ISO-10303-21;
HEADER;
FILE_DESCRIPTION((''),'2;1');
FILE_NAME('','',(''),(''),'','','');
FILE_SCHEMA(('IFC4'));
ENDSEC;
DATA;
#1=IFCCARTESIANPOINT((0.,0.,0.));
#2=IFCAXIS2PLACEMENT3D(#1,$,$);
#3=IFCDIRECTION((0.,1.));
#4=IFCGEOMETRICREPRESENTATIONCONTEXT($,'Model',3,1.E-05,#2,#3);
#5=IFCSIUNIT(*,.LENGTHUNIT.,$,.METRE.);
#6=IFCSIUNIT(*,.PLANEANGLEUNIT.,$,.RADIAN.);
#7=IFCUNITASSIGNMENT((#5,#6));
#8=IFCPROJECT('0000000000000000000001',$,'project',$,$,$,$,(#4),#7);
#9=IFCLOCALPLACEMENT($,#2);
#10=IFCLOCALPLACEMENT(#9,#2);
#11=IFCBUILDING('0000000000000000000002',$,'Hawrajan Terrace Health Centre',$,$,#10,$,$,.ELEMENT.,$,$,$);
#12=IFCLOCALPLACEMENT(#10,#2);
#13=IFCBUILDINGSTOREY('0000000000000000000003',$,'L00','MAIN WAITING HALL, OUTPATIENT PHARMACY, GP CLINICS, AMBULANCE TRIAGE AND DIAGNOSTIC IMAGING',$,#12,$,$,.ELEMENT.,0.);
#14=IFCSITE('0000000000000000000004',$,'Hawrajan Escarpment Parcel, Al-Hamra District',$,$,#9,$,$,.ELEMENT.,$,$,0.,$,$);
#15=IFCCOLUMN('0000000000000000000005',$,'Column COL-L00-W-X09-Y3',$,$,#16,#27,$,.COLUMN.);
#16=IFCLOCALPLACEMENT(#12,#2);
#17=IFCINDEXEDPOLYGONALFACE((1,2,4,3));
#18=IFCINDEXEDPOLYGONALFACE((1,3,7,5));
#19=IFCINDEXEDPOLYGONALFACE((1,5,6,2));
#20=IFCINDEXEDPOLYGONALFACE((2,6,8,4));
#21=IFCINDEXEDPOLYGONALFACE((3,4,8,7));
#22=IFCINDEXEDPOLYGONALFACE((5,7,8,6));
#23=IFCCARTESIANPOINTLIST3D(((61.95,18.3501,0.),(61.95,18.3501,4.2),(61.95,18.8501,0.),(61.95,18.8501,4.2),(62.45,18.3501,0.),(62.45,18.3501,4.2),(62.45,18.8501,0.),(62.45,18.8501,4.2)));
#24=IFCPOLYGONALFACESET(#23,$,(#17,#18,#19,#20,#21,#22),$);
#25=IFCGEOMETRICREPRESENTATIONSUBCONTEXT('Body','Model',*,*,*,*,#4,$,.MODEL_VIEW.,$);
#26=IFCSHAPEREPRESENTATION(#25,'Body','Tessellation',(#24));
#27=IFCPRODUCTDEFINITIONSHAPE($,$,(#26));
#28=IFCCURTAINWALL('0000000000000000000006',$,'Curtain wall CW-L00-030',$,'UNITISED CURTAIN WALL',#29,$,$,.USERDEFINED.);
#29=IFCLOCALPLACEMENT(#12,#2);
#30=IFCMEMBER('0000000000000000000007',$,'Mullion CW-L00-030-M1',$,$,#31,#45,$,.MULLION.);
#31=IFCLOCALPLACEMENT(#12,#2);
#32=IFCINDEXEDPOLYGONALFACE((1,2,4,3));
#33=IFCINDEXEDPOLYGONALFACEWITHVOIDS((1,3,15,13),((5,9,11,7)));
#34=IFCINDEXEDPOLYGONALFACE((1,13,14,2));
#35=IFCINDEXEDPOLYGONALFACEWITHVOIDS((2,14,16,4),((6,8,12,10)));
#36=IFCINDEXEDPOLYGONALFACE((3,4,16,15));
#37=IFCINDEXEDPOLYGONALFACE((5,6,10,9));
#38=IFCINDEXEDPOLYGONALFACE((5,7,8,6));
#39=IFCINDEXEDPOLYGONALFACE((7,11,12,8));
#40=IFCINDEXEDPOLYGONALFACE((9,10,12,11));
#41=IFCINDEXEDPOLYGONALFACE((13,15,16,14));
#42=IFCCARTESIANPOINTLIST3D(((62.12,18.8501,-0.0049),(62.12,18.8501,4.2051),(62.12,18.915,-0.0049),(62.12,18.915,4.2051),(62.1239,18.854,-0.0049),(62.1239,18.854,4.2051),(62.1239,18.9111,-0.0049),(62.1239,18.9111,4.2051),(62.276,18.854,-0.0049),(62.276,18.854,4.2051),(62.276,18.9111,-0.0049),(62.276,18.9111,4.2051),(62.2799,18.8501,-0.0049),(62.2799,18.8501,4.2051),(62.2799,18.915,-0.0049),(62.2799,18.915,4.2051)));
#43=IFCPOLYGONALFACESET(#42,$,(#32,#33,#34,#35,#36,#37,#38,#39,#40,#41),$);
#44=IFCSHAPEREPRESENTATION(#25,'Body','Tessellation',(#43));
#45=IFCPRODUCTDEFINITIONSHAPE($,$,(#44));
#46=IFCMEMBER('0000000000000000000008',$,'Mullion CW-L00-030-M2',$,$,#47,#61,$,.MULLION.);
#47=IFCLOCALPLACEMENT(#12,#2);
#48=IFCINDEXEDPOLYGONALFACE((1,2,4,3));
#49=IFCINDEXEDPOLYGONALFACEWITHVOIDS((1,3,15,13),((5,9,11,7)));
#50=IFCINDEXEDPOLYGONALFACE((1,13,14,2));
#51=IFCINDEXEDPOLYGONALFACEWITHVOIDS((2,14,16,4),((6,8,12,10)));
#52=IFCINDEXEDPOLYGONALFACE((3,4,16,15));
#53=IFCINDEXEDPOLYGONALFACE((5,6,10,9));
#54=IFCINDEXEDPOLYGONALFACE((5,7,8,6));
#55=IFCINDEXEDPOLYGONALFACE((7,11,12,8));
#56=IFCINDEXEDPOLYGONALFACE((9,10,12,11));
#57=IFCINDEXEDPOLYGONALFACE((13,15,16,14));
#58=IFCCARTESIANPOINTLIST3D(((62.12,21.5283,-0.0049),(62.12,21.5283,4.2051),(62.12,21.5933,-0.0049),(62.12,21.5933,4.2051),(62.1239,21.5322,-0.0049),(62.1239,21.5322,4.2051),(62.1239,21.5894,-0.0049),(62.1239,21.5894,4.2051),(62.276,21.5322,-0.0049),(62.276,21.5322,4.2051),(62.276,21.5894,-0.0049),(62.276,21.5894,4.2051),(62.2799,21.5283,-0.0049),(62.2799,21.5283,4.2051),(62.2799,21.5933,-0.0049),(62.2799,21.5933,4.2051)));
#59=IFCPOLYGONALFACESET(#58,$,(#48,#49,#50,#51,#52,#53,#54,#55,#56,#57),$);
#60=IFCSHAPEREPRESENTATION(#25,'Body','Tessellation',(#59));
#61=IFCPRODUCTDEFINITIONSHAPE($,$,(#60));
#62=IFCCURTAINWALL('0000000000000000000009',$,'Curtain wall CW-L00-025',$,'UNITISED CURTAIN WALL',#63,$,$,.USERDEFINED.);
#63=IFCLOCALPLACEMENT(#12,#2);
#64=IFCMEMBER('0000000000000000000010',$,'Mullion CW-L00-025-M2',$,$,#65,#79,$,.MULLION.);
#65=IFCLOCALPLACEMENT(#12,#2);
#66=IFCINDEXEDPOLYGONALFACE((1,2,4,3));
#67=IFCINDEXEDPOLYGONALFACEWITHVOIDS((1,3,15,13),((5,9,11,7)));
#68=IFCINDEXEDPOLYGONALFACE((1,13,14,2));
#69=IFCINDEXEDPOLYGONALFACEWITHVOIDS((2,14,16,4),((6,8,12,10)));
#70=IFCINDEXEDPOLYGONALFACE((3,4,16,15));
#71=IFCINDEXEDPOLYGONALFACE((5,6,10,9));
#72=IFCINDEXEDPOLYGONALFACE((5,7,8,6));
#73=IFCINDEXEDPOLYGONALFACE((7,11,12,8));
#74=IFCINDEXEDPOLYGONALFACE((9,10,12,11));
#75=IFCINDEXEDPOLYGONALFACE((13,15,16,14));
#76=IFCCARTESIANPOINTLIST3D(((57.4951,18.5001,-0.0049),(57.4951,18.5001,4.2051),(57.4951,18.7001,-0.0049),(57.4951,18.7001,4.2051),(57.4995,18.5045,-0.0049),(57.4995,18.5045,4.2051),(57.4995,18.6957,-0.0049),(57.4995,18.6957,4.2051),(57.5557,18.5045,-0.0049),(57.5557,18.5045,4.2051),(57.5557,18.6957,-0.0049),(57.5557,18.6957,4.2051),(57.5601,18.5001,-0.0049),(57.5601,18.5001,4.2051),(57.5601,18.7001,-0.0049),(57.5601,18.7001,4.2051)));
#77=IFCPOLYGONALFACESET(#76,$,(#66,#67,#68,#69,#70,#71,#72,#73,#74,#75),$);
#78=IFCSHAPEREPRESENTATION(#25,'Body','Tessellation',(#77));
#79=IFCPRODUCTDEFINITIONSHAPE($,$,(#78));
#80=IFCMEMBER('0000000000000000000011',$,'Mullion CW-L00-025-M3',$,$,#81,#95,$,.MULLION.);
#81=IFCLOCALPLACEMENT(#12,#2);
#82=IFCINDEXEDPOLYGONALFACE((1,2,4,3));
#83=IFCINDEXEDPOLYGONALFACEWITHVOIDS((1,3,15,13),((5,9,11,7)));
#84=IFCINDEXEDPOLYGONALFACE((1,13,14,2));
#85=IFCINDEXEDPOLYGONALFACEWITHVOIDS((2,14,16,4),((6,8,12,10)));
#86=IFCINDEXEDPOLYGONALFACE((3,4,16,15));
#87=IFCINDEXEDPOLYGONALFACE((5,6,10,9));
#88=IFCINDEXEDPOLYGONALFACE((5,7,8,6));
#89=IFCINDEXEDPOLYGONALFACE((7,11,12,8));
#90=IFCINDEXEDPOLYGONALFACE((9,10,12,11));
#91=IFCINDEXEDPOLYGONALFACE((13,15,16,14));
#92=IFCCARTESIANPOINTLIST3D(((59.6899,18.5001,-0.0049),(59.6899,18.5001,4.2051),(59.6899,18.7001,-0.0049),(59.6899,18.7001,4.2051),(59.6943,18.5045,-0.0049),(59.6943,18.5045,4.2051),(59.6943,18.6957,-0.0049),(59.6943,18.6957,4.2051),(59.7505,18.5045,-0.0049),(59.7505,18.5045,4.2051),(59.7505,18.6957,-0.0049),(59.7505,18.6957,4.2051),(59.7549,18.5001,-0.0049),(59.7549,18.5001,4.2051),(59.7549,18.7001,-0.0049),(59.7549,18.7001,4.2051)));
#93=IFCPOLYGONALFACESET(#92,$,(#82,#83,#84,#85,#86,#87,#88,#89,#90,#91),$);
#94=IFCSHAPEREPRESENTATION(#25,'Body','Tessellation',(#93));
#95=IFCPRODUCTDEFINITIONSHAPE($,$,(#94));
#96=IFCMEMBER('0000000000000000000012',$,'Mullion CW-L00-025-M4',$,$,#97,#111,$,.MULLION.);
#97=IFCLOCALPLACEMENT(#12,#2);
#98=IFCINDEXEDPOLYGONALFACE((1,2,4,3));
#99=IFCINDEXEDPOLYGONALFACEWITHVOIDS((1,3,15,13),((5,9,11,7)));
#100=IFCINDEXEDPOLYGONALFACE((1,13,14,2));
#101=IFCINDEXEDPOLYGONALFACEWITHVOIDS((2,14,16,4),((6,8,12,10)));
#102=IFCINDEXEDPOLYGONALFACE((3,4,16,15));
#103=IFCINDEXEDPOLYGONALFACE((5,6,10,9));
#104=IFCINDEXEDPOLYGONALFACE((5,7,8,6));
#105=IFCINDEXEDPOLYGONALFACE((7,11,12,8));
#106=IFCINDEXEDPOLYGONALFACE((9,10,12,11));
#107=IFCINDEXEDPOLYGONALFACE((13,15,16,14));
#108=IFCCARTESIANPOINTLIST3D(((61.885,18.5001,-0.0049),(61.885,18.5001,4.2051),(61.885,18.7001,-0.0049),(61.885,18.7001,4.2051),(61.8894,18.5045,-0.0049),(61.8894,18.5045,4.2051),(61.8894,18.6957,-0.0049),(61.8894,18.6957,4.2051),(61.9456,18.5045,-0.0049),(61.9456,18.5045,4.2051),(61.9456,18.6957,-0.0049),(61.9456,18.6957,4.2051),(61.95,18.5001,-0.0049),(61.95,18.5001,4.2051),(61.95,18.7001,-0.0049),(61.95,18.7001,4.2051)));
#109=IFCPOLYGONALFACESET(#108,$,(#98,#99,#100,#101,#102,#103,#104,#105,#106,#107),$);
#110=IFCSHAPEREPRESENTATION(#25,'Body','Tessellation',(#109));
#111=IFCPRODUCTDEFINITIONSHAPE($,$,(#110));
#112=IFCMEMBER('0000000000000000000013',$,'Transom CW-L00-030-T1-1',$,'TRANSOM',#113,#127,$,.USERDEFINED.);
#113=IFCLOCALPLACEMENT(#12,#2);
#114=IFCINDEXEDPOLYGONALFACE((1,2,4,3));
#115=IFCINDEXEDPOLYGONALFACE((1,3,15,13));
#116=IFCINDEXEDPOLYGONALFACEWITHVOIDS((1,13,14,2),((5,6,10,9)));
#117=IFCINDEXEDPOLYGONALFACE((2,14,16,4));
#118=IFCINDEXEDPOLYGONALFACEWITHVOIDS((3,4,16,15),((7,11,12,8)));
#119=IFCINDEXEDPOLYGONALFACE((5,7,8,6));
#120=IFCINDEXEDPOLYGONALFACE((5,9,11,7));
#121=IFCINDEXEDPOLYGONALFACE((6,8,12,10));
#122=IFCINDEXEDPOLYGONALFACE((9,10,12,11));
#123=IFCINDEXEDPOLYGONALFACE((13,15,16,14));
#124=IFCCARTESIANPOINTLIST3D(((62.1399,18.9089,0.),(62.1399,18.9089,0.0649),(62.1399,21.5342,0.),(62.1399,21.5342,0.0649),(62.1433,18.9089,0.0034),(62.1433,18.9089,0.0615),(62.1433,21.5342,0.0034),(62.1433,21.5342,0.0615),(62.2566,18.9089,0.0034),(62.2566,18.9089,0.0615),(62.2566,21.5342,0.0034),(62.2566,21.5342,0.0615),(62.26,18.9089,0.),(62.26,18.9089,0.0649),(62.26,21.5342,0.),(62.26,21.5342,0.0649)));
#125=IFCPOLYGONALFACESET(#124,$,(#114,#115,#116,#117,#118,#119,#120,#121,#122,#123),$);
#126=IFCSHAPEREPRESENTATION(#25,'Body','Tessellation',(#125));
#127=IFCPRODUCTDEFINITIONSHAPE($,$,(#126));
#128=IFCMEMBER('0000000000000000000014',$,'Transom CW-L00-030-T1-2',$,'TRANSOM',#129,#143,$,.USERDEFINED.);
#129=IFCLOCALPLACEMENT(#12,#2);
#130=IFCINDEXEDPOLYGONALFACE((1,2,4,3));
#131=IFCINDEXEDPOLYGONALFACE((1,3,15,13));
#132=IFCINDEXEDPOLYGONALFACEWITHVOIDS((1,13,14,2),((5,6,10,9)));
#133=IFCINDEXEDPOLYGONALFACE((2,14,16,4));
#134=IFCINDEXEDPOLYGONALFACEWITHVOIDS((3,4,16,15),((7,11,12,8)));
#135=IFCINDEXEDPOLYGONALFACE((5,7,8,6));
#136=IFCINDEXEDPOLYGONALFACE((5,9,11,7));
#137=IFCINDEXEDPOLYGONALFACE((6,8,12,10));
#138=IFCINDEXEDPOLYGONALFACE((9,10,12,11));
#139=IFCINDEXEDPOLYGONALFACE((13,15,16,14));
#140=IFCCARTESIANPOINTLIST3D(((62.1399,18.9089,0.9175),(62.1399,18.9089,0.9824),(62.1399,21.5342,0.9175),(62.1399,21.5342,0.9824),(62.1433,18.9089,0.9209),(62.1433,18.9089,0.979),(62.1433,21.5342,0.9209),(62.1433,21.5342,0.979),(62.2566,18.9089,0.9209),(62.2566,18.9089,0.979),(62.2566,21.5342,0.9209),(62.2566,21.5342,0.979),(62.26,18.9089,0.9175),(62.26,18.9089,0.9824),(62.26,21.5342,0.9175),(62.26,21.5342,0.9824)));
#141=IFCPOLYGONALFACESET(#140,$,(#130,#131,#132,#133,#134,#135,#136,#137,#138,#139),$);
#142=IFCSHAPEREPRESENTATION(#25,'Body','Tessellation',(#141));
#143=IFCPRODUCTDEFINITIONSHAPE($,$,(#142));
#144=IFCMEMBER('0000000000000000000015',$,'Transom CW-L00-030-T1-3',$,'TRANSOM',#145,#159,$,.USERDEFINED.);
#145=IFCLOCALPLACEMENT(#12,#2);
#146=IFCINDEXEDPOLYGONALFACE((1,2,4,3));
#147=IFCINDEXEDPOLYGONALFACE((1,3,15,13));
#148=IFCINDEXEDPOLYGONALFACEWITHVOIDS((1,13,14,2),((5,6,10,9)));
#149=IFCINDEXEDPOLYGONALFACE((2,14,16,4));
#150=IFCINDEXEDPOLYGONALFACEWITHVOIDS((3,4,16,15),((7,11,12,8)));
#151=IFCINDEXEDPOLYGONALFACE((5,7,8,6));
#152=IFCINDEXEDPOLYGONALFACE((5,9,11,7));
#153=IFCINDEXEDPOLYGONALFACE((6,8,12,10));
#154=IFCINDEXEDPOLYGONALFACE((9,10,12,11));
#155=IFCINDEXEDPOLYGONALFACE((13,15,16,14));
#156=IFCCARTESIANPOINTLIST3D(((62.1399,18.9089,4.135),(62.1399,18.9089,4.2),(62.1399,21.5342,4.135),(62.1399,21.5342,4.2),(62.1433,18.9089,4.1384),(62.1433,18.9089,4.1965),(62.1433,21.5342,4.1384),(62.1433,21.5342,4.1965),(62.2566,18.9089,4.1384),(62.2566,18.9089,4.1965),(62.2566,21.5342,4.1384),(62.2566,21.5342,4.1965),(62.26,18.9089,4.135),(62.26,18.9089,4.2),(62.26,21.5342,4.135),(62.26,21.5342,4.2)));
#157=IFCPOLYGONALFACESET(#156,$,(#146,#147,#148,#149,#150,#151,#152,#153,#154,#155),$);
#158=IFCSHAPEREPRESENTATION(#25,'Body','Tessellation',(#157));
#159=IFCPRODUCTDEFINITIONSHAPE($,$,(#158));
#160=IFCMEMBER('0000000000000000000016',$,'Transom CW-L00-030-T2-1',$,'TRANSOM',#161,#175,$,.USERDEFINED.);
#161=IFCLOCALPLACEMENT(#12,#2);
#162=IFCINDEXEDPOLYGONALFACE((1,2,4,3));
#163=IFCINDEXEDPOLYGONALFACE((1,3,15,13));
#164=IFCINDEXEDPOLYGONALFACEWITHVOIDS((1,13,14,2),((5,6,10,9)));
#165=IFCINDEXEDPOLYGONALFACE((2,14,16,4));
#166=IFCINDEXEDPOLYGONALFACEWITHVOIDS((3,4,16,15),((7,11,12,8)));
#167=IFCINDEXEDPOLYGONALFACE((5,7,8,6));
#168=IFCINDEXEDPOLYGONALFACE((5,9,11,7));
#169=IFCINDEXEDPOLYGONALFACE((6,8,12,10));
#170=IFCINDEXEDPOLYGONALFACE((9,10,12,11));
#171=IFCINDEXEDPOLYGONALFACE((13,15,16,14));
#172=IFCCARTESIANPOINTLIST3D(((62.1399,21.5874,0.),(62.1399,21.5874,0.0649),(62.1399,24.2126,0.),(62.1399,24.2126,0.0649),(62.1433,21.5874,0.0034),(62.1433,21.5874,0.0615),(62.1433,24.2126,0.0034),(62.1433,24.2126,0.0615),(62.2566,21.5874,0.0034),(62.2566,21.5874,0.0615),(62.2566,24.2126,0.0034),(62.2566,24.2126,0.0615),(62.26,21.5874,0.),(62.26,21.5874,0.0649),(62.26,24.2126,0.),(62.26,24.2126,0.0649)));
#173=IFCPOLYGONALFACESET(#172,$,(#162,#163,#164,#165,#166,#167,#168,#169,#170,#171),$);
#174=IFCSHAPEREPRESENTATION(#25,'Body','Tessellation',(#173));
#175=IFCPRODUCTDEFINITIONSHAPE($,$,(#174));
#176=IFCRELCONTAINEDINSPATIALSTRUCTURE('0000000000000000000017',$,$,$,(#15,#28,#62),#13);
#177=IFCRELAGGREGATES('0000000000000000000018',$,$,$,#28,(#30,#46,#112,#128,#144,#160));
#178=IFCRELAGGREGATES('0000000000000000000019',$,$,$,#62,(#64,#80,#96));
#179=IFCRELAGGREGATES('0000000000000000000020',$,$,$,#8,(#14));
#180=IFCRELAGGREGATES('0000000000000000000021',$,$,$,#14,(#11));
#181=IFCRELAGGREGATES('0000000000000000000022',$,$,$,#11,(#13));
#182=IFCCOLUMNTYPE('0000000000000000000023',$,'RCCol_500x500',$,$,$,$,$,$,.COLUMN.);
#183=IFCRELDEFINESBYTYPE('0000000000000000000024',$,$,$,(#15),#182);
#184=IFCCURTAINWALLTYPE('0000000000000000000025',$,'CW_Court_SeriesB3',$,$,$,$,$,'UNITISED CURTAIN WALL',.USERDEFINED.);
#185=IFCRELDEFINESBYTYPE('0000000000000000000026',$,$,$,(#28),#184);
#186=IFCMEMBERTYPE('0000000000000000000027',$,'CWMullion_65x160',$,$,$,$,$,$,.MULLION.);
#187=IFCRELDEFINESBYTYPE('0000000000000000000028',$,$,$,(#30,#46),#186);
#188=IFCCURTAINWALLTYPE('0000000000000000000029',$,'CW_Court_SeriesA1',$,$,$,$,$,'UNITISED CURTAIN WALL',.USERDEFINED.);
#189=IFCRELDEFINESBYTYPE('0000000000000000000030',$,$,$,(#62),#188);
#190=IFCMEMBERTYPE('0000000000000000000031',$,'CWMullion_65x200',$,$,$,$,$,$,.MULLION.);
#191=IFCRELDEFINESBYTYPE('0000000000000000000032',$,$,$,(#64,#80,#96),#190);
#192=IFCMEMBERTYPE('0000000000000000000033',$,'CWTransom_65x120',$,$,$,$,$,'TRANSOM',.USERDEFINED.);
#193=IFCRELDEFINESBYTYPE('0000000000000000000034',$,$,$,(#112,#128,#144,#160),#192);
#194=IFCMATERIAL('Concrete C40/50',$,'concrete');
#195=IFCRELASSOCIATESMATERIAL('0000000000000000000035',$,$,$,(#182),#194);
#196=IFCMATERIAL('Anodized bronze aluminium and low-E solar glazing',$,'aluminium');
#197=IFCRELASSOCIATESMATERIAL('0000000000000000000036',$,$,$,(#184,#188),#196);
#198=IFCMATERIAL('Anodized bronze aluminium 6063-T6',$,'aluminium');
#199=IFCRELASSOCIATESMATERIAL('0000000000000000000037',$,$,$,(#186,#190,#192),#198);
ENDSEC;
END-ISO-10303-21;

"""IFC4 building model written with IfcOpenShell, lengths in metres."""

from ifc_helpers import new_model, si_unit, direction, frame, origin, origin_2d, place, context, subcontext, project, spatial, rectangle, hollow_rectangle, extrude, material, material_profile, profile_set, type_object, element, aggregate, save


model = new_model("IFC4")

# Units and contexts
model_context = context("Model", 3, precision=1e-05, world=origin(), true_north=direction((0.0, 1.0)))
body_context = subcontext(model_context, "Body", "Model", "MODEL_VIEW")
ifc_project = project(units=[si_unit("LENGTHUNIT", "METRE"), si_unit("PLANEANGLEUNIT", "RADIAN")], contexts=[model_context])

# Site, building, storey
site_placement = place(None, origin())
site = spatial("IfcSite", under=ifc_project, at=site_placement, Name="Hawrajan Escarpment Parcel, Al-Hamra District", CompositionType="ELEMENT", RefElevation=0.0)
building_placement = place(site_placement, origin())
building = spatial("IfcBuilding", under=site, at=building_placement, Name="Hawrajan Terrace Health Centre", CompositionType="ELEMENT")
storey_placement = place(building_placement, origin())
storey = spatial("IfcBuildingStorey", under=building, at=storey_placement, Name="L00", Description="MAIN WAITING HALL, OUTPATIENT PHARMACY, GP CLINICS, AMBULANCE TRIAGE AND DIAGNOSTIC IMAGING", CompositionType="ELEMENT", Elevation=0.0)

# Column
ifc_material_1 = material(Name="Concrete C40/50", Category="concrete")
ifc_material_profile_1 = material_profile(ifc_material_1, rectangle(XDim=0.5, YDim=0.5, at=origin_2d()), Name="RC 500x500")
ifc_profile_set_1 = profile_set([ifc_material_profile_1], Name="Concrete C40/50")
column_type = type_object("IfcColumnType", Name="RCCol_500x500", PredefinedType="COLUMN", material=ifc_profile_set_1)
column_placement = place(storey_placement, frame((62.2, 18.6001, 0.0), z_axis=(0.0, 0.0, 1.0), x_axis=(1.0, 0.0, 0.0)))
element("IfcColumn", 1, at=column_placement, inside=storey, type_object=column_type, Name="Column COL-L00-W-X09-Y3", PredefinedType="COLUMN", context=body_context, shape_type="SweptSolid", body=[
    extrude(rectangle(XDim=0.5, YDim=0.5, at=origin_2d()), origin(), (0.0, 0.0, 1.0), 4.2),
])

# Curtain walls, members
ifc_material_2 = material(Name="Anodized bronze aluminium and low-E solar glazing", Category="aluminium")
curtain_wall_type_1 = type_object("IfcCurtainWallType", Name="CW_Court_SeriesB3", ElementType="UNITISED CURTAIN WALL", PredefinedType="USERDEFINED", material=ifc_material_2)
curtain_wall_1_placement = place(storey_placement, origin())
curtain_wall_1 = element("IfcCurtainWall", 2, at=curtain_wall_1_placement, inside=storey, type_object=curtain_wall_type_1, Name="Curtain wall CW-L00-030", ObjectType="UNITISED CURTAIN WALL", PredefinedType="USERDEFINED")
ifc_material_3 = material(Name="Anodized bronze aluminium 6063-T6", Category="aluminium")
ifc_material_profile_2 = material_profile(ifc_material_3, hollow_rectangle(XDim=0.0649, YDim=0.1599, WallThickness=0.0039, at=origin_2d()), Name="CW MUL 65x160")
ifc_profile_set_2 = profile_set([ifc_material_profile_2], Name="Anodized bronze aluminium 6063-T6")
member_type_1 = type_object("IfcMemberType", Name="CWMullion_65x160", PredefinedType="MULLION", material=ifc_profile_set_2)
member_1_placement = place(storey_placement, frame((62.2, 18.8826, -0.0049), z_axis=(0.0, 0.0, 1.0), x_axis=(0.0, 1.0, 0.0)))
member_1 = element("IfcMember", 3, at=member_1_placement, type_object=member_type_1, Name="Mullion CW-L00-030-M1", PredefinedType="MULLION", context=body_context, shape_type="SweptSolid", body=[
    extrude(hollow_rectangle(XDim=0.0649, YDim=0.1599, WallThickness=0.0039, at=origin_2d()), origin(), (0.0, 0.0, 1.0), 4.21),
])
member_2_placement = place(storey_placement, frame((62.2, 21.5608, -0.0049), z_axis=(0.0, 0.0, 1.0), x_axis=(0.0, 1.0, 0.0)))
member_2 = element("IfcMember", 4, at=member_2_placement, type_object=member_type_1, Name="Mullion CW-L00-030-M2", PredefinedType="MULLION", context=body_context, shape_type="SweptSolid", body=[
    extrude(hollow_rectangle(XDim=0.0649, YDim=0.1599, WallThickness=0.0039, at=origin_2d()), origin(), (0.0, 0.0, 1.0), 4.21),
])
curtain_wall_type_2 = type_object("IfcCurtainWallType", Name="CW_Court_SeriesA1", ElementType="UNITISED CURTAIN WALL", PredefinedType="USERDEFINED", material=ifc_material_2)
curtain_wall_2_placement = place(storey_placement, origin())
curtain_wall_2 = element("IfcCurtainWall", 5, at=curtain_wall_2_placement, inside=storey, type_object=curtain_wall_type_2, Name="Curtain wall CW-L00-025", ObjectType="UNITISED CURTAIN WALL", PredefinedType="USERDEFINED")
ifc_material_profile_3 = material_profile(ifc_material_3, hollow_rectangle(XDim=0.0649, YDim=0.2, WallThickness=0.0044, at=origin_2d()), Name="CW MUL 65x200")
ifc_profile_set_3 = profile_set([ifc_material_profile_3], Name="Anodized bronze aluminium 6063-T6")
member_type_2 = type_object("IfcMemberType", Name="CWMullion_65x200", PredefinedType="MULLION", material=ifc_profile_set_3)
member_3_placement = place(storey_placement, frame((57.5276, 18.6001, -0.0049), z_axis=(0.0, 0.0, 1.0), x_axis=(1.0, 0.0, 0.0)))
member_3 = element("IfcMember", 6, at=member_3_placement, type_object=member_type_2, Name="Mullion CW-L00-025-M2", PredefinedType="MULLION", context=body_context, shape_type="SweptSolid", body=[
    extrude(hollow_rectangle(XDim=0.0649, YDim=0.2, WallThickness=0.0044, at=origin_2d()), origin(), (0.0, 0.0, 1.0), 4.21),
])
member_4_placement = place(storey_placement, frame((59.7224, 18.6001, -0.0049), z_axis=(0.0, 0.0, 1.0), x_axis=(1.0, 0.0, 0.0)))
member_4 = element("IfcMember", 7, at=member_4_placement, type_object=member_type_2, Name="Mullion CW-L00-025-M3", PredefinedType="MULLION", context=body_context, shape_type="SweptSolid", body=[
    extrude(hollow_rectangle(XDim=0.0649, YDim=0.2, WallThickness=0.0044, at=origin_2d()), origin(), (0.0, 0.0, 1.0), 4.21),
])
member_5_placement = place(storey_placement, frame((61.9175, 18.6001, -0.0049), z_axis=(0.0, 0.0, 1.0), x_axis=(1.0, 0.0, 0.0)))
member_5 = element("IfcMember", 8, at=member_5_placement, type_object=member_type_2, Name="Mullion CW-L00-025-M4", PredefinedType="MULLION", context=body_context, shape_type="SweptSolid", body=[
    extrude(hollow_rectangle(XDim=0.0649, YDim=0.2, WallThickness=0.0044, at=origin_2d()), origin(), (0.0, 0.0, 1.0), 4.21),
])

# Members
ifc_material_profile_4 = material_profile(ifc_material_3, hollow_rectangle(XDim=0.0649, YDim=0.1201, WallThickness=0.0034, at=origin_2d()), Name="CW TRN 65x120")
ifc_profile_set_4 = profile_set([ifc_material_profile_4], Name="Anodized bronze aluminium 6063-T6")
member_type_3 = type_object("IfcMemberType", Name="CWTransom_65x120", ElementType="TRANSOM", PredefinedType="USERDEFINED", material=ifc_profile_set_4)
member_6_placement = place(storey_placement, frame((62.2, 18.9089, 0.0325), z_axis=(0.0, 1.0, 0.0), x_axis=(0.0, 0.0, 1.0)))
member_6 = element("IfcMember", 9, at=member_6_placement, type_object=member_type_3, Name="Transom CW-L00-030-T1-1", ObjectType="TRANSOM", PredefinedType="USERDEFINED", context=body_context, shape_type="SweptSolid", body=[
    extrude(hollow_rectangle(XDim=0.0649, YDim=0.1201, WallThickness=0.0034, at=origin_2d()), origin(), (0.0, 0.0, 1.0), 2.6252),
])
member_7_placement = place(storey_placement, frame((62.2, 18.9089, 0.95), z_axis=(0.0, 1.0, 0.0), x_axis=(0.0, 0.0, 1.0)))
member_7 = element("IfcMember", 10, at=member_7_placement, type_object=member_type_3, Name="Transom CW-L00-030-T1-2", ObjectType="TRANSOM", PredefinedType="USERDEFINED", context=body_context, shape_type="SweptSolid", body=[
    extrude(hollow_rectangle(XDim=0.0649, YDim=0.1201, WallThickness=0.0034, at=origin_2d()), origin(), (0.0, 0.0, 1.0), 2.6252),
])
member_8_placement = place(storey_placement, frame((62.2, 18.9089, 4.1675), z_axis=(0.0, 1.0, 0.0), x_axis=(0.0, 0.0, 1.0)))
member_8 = element("IfcMember", 11, at=member_8_placement, type_object=member_type_3, Name="Transom CW-L00-030-T1-3", ObjectType="TRANSOM", PredefinedType="USERDEFINED", context=body_context, shape_type="SweptSolid", body=[
    extrude(hollow_rectangle(XDim=0.0649, YDim=0.1201, WallThickness=0.0034, at=origin_2d()), origin(), (0.0, 0.0, 1.0), 2.6252),
])
member_9_placement = place(storey_placement, frame((62.2, 21.5874, 0.0325), z_axis=(0.0, 1.0, 0.0), x_axis=(0.0, 0.0, 1.0)))
member_9 = element("IfcMember", 12, at=member_9_placement, type_object=member_type_3, Name="Transom CW-L00-030-T2-1", ObjectType="TRANSOM", PredefinedType="USERDEFINED", context=body_context, shape_type="SweptSolid", body=[
    extrude(hollow_rectangle(XDim=0.0649, YDim=0.1201, WallThickness=0.0034, at=origin_2d()), origin(), (0.0, 0.0, 1.0), 2.6252),
])

aggregate(curtain_wall_1, [member_1, member_2, member_6, member_7, member_8, member_9])
aggregate(curtain_wall_2, [member_3, member_4, member_5])

save(model, "model.ifc")
